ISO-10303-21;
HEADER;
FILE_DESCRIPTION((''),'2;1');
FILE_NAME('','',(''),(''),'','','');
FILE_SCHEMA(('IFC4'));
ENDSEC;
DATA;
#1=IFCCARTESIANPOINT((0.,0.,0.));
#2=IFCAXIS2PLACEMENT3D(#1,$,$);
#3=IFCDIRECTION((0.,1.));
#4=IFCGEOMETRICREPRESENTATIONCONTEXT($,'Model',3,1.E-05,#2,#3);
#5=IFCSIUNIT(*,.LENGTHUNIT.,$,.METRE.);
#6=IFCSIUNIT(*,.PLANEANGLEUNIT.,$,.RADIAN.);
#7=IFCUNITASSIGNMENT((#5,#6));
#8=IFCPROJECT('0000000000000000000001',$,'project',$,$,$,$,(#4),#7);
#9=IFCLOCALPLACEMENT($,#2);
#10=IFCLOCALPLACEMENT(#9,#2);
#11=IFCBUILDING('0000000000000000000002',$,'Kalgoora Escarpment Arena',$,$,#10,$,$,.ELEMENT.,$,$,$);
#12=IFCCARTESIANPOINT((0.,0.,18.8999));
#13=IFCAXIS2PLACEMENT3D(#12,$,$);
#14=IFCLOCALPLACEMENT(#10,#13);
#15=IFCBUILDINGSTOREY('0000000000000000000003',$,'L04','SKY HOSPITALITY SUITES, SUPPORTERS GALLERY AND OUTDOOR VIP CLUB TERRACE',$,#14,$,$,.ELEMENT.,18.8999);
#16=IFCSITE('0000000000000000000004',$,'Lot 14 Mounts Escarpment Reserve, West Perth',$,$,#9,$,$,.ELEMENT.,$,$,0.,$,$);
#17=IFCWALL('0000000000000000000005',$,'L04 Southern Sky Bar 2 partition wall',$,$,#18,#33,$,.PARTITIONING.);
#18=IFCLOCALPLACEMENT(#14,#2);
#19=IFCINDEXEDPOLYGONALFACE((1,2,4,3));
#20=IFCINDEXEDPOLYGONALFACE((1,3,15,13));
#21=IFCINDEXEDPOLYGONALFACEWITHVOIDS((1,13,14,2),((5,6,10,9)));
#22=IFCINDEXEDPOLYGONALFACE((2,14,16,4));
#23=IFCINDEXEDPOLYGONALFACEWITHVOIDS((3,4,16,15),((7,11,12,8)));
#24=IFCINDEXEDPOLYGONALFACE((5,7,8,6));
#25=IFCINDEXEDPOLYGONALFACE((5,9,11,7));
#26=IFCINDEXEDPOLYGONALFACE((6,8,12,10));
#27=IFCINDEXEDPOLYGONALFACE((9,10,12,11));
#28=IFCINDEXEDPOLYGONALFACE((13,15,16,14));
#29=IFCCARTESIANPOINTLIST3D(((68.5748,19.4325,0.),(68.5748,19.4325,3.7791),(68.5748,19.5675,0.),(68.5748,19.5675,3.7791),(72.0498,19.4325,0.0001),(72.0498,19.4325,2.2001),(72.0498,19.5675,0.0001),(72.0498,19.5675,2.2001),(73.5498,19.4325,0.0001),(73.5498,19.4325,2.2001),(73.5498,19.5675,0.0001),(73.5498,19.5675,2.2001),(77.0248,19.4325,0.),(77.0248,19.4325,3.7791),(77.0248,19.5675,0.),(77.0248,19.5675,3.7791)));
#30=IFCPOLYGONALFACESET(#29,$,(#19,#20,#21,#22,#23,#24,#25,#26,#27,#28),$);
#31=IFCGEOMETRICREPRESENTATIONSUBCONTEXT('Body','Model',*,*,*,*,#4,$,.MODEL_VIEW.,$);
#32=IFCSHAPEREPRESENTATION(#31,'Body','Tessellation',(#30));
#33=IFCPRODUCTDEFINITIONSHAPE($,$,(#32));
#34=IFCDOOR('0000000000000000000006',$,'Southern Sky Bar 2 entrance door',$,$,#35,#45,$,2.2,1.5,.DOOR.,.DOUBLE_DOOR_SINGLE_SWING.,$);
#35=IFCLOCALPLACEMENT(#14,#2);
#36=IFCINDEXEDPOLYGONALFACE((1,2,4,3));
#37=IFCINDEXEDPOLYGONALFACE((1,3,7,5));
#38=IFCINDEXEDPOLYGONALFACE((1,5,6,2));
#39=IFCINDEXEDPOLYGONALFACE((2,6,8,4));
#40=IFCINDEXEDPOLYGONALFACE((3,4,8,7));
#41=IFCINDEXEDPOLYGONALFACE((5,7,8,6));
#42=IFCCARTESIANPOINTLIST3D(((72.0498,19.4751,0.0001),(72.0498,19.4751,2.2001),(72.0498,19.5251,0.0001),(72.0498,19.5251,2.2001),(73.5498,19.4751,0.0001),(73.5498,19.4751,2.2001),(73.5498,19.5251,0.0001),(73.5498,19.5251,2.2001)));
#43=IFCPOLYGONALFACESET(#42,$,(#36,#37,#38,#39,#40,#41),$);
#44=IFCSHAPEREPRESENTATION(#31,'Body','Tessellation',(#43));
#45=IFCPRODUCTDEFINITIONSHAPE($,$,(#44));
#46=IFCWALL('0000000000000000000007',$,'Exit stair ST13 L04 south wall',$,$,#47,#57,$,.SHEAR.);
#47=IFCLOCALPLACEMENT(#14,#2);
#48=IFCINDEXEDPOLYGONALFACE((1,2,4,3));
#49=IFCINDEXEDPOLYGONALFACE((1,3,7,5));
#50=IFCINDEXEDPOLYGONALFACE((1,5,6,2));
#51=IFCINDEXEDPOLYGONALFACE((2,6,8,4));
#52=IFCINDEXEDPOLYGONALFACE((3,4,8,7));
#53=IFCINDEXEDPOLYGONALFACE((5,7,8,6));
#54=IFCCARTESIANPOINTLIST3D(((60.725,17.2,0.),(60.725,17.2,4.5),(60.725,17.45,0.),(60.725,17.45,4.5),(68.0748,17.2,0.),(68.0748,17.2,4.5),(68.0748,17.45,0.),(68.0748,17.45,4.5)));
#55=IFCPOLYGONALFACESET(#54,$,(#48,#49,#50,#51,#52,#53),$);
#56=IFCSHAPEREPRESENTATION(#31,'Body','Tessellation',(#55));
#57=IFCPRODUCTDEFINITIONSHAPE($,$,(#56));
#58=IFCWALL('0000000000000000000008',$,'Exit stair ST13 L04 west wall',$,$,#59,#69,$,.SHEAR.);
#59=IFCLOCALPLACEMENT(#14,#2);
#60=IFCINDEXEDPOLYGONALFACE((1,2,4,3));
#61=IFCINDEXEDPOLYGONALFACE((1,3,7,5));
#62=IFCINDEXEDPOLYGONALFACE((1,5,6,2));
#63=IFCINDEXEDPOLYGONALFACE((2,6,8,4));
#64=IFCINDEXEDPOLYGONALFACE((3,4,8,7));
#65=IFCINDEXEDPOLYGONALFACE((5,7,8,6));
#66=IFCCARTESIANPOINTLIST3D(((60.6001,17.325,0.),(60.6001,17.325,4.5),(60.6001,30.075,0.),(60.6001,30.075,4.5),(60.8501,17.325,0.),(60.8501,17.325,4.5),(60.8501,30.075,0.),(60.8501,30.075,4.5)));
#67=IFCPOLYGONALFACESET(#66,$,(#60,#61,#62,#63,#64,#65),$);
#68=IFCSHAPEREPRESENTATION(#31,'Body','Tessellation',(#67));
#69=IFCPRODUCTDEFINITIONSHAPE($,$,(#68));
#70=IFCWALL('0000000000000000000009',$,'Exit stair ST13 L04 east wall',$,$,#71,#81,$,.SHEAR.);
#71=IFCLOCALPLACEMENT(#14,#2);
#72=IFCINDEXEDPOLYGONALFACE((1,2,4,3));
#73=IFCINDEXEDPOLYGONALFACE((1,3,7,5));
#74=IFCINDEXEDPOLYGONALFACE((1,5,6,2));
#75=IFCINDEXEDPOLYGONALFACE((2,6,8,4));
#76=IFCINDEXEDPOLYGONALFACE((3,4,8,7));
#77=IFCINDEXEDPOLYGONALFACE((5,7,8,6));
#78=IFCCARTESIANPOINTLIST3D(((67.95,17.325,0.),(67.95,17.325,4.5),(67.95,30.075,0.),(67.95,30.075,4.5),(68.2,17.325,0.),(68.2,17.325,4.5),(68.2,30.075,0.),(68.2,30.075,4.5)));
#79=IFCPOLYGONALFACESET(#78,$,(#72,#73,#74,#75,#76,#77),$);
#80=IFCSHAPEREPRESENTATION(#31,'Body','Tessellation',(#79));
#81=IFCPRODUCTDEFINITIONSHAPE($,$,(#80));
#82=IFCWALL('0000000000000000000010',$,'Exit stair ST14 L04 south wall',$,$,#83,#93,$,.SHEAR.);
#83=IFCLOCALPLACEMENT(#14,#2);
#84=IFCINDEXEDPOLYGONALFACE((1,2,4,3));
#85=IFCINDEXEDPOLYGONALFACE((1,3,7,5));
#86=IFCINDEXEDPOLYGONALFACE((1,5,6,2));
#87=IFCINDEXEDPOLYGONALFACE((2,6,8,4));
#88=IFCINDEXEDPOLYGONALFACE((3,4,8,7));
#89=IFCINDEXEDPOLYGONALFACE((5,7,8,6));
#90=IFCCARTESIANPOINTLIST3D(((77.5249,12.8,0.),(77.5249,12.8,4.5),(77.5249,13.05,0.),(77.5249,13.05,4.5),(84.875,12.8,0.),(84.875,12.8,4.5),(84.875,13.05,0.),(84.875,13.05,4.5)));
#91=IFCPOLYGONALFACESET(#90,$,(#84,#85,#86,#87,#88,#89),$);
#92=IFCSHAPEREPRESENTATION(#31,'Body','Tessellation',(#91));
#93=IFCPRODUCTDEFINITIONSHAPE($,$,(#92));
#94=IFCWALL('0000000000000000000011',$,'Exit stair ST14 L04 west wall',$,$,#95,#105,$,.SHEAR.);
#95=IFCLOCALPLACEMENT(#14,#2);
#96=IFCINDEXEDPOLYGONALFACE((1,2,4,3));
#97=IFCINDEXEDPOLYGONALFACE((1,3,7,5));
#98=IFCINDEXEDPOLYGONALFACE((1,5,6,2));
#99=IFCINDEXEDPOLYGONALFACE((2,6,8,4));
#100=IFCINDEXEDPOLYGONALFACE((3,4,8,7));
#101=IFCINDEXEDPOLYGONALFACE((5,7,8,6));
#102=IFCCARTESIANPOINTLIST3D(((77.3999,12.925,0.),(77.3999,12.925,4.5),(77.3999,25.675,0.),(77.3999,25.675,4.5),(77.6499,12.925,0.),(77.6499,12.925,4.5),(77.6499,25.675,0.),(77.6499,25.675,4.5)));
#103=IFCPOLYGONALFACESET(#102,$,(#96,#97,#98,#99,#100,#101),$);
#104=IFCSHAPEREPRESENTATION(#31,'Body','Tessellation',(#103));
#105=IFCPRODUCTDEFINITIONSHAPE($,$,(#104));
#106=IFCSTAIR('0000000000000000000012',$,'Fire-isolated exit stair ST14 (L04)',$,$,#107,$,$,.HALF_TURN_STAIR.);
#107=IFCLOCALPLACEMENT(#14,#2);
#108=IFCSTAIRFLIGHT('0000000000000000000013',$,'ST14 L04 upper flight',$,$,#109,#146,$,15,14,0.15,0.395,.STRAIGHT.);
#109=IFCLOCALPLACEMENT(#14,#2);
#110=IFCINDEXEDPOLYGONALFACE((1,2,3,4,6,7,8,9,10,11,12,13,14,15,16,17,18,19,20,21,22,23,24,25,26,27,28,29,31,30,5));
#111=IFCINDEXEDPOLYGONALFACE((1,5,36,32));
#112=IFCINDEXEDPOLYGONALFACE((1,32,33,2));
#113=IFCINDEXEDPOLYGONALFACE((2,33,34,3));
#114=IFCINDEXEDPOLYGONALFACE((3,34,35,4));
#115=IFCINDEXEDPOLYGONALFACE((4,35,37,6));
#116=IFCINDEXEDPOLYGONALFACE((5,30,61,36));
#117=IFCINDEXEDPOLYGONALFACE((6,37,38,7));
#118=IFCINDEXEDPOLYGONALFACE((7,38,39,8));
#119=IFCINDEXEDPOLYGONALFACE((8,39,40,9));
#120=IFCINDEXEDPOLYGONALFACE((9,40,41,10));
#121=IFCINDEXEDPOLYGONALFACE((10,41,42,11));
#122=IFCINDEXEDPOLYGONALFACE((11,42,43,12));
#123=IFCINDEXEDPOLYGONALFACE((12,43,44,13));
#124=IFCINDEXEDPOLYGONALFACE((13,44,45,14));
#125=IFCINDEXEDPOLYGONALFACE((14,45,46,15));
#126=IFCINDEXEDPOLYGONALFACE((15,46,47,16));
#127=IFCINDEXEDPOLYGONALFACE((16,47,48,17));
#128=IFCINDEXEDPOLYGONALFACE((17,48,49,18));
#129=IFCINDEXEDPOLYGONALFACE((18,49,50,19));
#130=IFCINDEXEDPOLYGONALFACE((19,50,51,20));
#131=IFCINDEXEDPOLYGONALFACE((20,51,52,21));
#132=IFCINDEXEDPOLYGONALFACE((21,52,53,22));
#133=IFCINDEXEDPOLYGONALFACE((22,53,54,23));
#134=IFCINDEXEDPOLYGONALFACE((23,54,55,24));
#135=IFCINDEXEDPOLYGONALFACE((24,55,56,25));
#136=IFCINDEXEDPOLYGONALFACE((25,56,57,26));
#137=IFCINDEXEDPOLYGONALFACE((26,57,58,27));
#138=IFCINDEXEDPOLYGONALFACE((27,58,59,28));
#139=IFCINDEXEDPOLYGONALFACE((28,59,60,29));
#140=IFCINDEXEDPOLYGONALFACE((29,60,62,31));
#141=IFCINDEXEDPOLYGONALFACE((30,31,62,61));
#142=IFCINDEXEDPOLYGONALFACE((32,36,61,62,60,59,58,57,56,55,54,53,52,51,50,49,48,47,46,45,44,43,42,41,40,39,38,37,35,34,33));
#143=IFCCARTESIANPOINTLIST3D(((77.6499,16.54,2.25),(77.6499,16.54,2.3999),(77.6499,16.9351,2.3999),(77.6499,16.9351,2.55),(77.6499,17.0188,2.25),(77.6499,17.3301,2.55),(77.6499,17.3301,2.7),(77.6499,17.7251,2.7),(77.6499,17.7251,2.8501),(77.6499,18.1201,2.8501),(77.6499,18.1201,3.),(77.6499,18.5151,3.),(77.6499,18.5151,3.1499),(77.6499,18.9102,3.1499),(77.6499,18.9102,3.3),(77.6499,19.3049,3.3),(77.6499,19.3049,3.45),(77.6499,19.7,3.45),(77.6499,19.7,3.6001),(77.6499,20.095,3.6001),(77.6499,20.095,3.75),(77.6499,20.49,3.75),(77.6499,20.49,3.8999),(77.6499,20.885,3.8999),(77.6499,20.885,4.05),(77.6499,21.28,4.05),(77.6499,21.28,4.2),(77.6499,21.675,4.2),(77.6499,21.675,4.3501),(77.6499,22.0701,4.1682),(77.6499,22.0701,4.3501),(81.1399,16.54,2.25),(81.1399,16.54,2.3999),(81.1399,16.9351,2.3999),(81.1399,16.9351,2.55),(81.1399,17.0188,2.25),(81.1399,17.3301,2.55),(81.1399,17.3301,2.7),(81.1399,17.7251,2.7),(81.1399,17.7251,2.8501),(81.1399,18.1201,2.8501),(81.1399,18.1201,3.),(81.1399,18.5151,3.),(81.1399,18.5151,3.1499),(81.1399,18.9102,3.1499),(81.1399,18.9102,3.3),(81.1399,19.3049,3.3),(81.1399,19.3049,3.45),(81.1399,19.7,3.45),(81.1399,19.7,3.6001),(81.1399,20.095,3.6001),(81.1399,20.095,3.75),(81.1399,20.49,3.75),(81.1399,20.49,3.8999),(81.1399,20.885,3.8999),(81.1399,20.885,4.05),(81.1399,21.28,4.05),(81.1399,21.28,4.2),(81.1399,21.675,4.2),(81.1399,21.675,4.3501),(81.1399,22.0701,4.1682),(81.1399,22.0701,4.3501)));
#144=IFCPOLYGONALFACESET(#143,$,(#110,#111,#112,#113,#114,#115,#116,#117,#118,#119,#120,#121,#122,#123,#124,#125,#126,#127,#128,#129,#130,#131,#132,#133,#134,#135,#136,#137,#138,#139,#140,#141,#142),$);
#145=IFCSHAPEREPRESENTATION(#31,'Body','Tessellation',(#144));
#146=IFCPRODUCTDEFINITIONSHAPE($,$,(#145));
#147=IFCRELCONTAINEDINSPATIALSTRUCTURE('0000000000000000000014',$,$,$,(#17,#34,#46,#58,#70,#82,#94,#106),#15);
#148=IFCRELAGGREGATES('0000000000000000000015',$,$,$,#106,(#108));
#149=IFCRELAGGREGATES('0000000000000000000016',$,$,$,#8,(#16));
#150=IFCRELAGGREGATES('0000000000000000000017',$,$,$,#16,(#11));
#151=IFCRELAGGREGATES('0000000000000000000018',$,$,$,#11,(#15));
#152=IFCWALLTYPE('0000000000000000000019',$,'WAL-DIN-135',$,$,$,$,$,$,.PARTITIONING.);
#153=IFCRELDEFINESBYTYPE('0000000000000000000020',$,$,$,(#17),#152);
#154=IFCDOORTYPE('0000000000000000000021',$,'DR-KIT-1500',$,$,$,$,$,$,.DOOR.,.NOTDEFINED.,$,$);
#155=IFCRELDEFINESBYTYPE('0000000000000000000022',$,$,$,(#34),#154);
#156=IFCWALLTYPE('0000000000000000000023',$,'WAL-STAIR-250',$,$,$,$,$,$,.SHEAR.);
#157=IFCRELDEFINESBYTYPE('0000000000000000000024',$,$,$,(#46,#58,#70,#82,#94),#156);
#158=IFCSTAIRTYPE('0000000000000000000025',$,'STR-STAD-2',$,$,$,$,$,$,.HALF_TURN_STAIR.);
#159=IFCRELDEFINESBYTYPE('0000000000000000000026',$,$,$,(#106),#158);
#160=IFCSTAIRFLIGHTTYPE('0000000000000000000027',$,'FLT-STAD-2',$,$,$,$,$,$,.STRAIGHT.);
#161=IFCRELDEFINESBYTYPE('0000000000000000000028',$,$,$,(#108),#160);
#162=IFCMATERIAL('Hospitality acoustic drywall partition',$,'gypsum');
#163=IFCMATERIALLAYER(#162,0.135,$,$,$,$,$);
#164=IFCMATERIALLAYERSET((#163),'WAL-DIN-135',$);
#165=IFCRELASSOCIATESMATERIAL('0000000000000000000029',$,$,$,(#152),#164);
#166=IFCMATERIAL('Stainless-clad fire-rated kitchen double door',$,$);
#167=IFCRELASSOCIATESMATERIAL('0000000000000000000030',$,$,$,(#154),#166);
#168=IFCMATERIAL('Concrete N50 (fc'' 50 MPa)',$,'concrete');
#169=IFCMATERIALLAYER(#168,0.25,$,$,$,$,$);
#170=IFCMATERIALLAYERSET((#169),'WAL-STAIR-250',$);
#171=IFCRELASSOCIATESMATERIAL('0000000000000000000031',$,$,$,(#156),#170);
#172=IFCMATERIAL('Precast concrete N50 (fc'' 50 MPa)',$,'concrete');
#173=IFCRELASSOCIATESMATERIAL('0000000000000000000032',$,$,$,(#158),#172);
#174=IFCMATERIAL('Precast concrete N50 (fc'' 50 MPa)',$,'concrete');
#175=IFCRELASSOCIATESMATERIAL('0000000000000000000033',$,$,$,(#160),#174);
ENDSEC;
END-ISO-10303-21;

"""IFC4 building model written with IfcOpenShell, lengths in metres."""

from ifc_helpers import new_model, si_unit, direction, frame, frame_2d, origin, place, context, subcontext, project, spatial, polyline, rectangle, outline, extrude, material, layer, layer_set, type_object, element, fill, aggregate, save


model = new_model("IFC4")

# Units and contexts
model_context = context("Model", 3, precision=1e-05, world=origin(), true_north=direction((0.0, 1.0)))
body_context = subcontext(model_context, "Body", "Model", "MODEL_VIEW")
ifc_project = project(units=[si_unit("LENGTHUNIT", "METRE"), si_unit("PLANEANGLEUNIT", "RADIAN")], contexts=[model_context])

# Site, building, storey
site_placement = place(None, origin())
site = spatial("IfcSite", under=ifc_project, at=site_placement, Name="Lot 14 Mounts Escarpment Reserve, West Perth", CompositionType="ELEMENT", RefElevation=0.0)
building_placement = place(site_placement, origin())
building = spatial("IfcBuilding", under=site, at=building_placement, Name="Kalgoora Escarpment Arena", CompositionType="ELEMENT")
storey_placement = place(building_placement, frame((0.0, 0.0, 18.8999)))
storey = spatial("IfcBuildingStorey", under=building, at=storey_placement, Name="L04", Description="SKY HOSPITALITY SUITES, SUPPORTERS GALLERY AND OUTDOOR VIP CLUB TERRACE", CompositionType="ELEMENT", Elevation=18.8999)

# Wall, opening, door
ifc_material_1 = material(Name="Hospitality acoustic drywall partition", Category="gypsum")
ifc_layer_1 = layer(ifc_material_1, 0.135)
ifc_layer_set_1 = layer_set([ifc_layer_1], Name="WAL-DIN-135")
wall_type_1 = type_object("IfcWallType", Name="WAL-DIN-135", PredefinedType="PARTITIONING", material=ifc_layer_set_1)
wall_1_placement = place(storey_placement, frame((77.0249, 19.5, 0.0), z_axis=(0.0, 0.0, 1.0), x_axis=(-1.0, 0.0, 0.0)))
wall_1 = element("IfcWall", 1, at=wall_1_placement, inside=storey, type_object=wall_type_1, Name="L04 Southern Sky Bar 2 partition wall", PredefinedType="PARTITIONING", context=body_context, shape_type="SweptSolid", body=[
    extrude(rectangle(XDim=8.45, YDim=0.135, at=frame_2d((4.2251, 0.0))), origin(), (0.0, 0.0, 1.0), 3.7791),
])
opening_placement = place(wall_1_placement, frame((3.4751, 0.0, 0.0)))
opening = element("IfcOpeningElement", 2, at=opening_placement, cuts=wall_1, PredefinedType="OPENING", context=body_context, shape_type="SweptSolid", body=[
    extrude(rectangle(XDim=1.5, YDim=2.2, at=frame_2d((0.75, 1.1001))), frame((0.0, 0.0774, 0.0), z_axis=(0.0, -1.0, 0.0), x_axis=(1.0, 0.0, 0.0)), (0.0, 0.0, 1.0), 0.155),
])
ifc_material_2 = material(Name="Stainless-clad fire-rated kitchen double door")
door_type = type_object("IfcDoorType", Name="DR-KIT-1500", OperationType="NOTDEFINED", PredefinedType="DOOR", material=ifc_material_2)
door_placement = place(opening_placement, origin())
door = element("IfcDoor", 3, at=door_placement, inside=storey, type_object=door_type, Name="Southern Sky Bar 2 entrance door", OperationType="DOUBLE_DOOR_SINGLE_SWING", OverallHeight=2.2, OverallWidth=1.5, PredefinedType="DOOR", context=body_context, shape_type="SweptSolid", body=[
    extrude(rectangle(XDim=1.5, YDim=2.2, at=frame_2d((0.75, 1.1001))), frame((0.0, 0.0249, 0.0), z_axis=(0.0, -1.0, 0.0), x_axis=(1.0, 0.0, 0.0)), (0.0, 0.0, 1.0), 0.05),
])
fill(opening, door)

# Walls
ifc_material_3 = material(Name="Concrete N50 (fc' 50 MPa)", Category="concrete")
ifc_layer_2 = layer(ifc_material_3, 0.25)
ifc_layer_set_2 = layer_set([ifc_layer_2], Name="WAL-STAIR-250")
wall_type_2 = type_object("IfcWallType", Name="WAL-STAIR-250", PredefinedType="SHEAR", material=ifc_layer_set_2)
wall_2_placement = place(storey_placement, frame((60.7251, 17.325, 0.0), z_axis=(0.0, 0.0, 1.0), x_axis=(1.0, 0.0, 0.0)))
element("IfcWall", 4, at=wall_2_placement, inside=storey, type_object=wall_type_2, Name="Exit stair ST13 L04 south wall", PredefinedType="SHEAR", context=body_context, shape_type="SweptSolid", body=[
    extrude(rectangle(XDim=7.3499, YDim=0.25, at=frame_2d((3.6748, 0.0))), origin(), (0.0, 0.0, 1.0), 4.5),
])
for number, where, z_axis, x_axis, name in (
    (5, (60.7251, 17.325, 0.0), (0.0, 0.0, 1.0), (0.0, 1.0, 0.0), "Exit stair ST13 L04 west wall"),
    (6, (68.075, 17.325, 0.0), (0.0, 0.0, 1.0), (0.0, 1.0, 0.0), "Exit stair ST13 L04 east wall"),
):
    element("IfcWall", number, at=place(storey_placement, frame(where, z_axis=z_axis, x_axis=x_axis)), inside=storey, type_object=wall_type_2, Name=name, PredefinedType="SHEAR", context=body_context, shape_type="SweptSolid", body=[
        extrude(rectangle(XDim=12.75, YDim=0.25, at=frame_2d((6.375, 0.0))), origin(), (0.0, 0.0, 1.0), 4.5),
    ])
wall_3_placement = place(storey_placement, frame((77.5249, 12.925, 0.0), z_axis=(0.0, 0.0, 1.0), x_axis=(1.0, 0.0, 0.0)))
element("IfcWall", 7, at=wall_3_placement, inside=storey, type_object=wall_type_2, Name="Exit stair ST14 L04 south wall", PredefinedType="SHEAR", context=body_context, shape_type="SweptSolid", body=[
    extrude(rectangle(XDim=7.3501, YDim=0.25, at=frame_2d((3.675, 0.0))), origin(), (0.0, 0.0, 1.0), 4.5),
])
wall_4_placement = place(storey_placement, frame((77.5249, 12.925, 0.0), z_axis=(0.0, 0.0, 1.0), x_axis=(0.0, 1.0, 0.0)))
element("IfcWall", 8, at=wall_4_placement, inside=storey, type_object=wall_type_2, Name="Exit stair ST14 L04 west wall", PredefinedType="SHEAR", context=body_context, shape_type="SweptSolid", body=[
    extrude(rectangle(XDim=12.75, YDim=0.25, at=frame_2d((6.375, 0.0))), origin(), (0.0, 0.0, 1.0), 4.5),
])

# Stair, stair flight
ifc_material_4 = material(Name="Precast concrete N50 (fc' 50 MPa)", Category="concrete")
stair_type = type_object("IfcStairType", Name="STR-STAD-2", PredefinedType="HALF_TURN_STAIR", material=ifc_material_4)
stair_placement = place(storey_placement, origin())
stair = element("IfcStair", 9, at=stair_placement, inside=storey, type_object=stair_type, Name="Fire-isolated exit stair ST14 (L04)", PredefinedType="HALF_TURN_STAIR")
ifc_material_5 = material(Name="Precast concrete N50 (fc' 50 MPa)", Category="concrete")
stair_flight_type = type_object("IfcStairFlightType", Name="FLT-STAD-2", PredefinedType="STRAIGHT", material=ifc_material_5)
stair_flight_placement = place(storey_placement, frame((79.395, 16.54, 2.25), z_axis=(0.0, 0.0, 1.0), x_axis=(0.0, 1.0, 0.0)))
stair_flight = element("IfcStairFlight", 10, at=stair_flight_placement, type_object=stair_flight_type, Name="ST14 L04 upper flight", NumberOfRisers=15, NumberOfTreads=14, PredefinedType="STRAIGHT", RiserHeight=0.15, TreadLength=0.395, context=body_context, shape_type="SweptSolid", body=[
    extrude(outline(polyline([(0.0, 0.0), (0.0, 0.1499), (0.395, 0.1499), (0.395, 0.3), (0.79, 0.3), (0.79, 0.45), (1.1851, 0.45), (1.1851, 0.6001), (1.5801, 0.6001), (1.5801, 0.75), (1.9751, 0.75), (1.9751, 0.8999), (2.3701, 0.8999), (2.3701, 1.05), (2.7649, 1.05), (2.7649, 1.2), (3.1599, 1.2), (3.1599, 1.3501), (3.5549, 1.3501), (3.5549, 1.5), (3.95, 1.5), (3.95, 1.6499), (4.345, 1.6499), (4.345, 1.8), (4.74, 1.8), (4.74, 1.95), (5.135, 1.95), (5.135, 2.1001), (5.53, 2.1001), (5.53, 2.25), (5.53, 1.9182), (0.4788, 0.0), (0.0, 0.0)])), frame((0.0, 1.7451, 0.0), z_axis=(0.0, -1.0, 0.0), x_axis=(1.0, 0.0, 0.0)), (0.0, 0.0, 1.0), 3.49),
])
aggregate(stair, [stair_flight])

save(model, "model.ifc")
